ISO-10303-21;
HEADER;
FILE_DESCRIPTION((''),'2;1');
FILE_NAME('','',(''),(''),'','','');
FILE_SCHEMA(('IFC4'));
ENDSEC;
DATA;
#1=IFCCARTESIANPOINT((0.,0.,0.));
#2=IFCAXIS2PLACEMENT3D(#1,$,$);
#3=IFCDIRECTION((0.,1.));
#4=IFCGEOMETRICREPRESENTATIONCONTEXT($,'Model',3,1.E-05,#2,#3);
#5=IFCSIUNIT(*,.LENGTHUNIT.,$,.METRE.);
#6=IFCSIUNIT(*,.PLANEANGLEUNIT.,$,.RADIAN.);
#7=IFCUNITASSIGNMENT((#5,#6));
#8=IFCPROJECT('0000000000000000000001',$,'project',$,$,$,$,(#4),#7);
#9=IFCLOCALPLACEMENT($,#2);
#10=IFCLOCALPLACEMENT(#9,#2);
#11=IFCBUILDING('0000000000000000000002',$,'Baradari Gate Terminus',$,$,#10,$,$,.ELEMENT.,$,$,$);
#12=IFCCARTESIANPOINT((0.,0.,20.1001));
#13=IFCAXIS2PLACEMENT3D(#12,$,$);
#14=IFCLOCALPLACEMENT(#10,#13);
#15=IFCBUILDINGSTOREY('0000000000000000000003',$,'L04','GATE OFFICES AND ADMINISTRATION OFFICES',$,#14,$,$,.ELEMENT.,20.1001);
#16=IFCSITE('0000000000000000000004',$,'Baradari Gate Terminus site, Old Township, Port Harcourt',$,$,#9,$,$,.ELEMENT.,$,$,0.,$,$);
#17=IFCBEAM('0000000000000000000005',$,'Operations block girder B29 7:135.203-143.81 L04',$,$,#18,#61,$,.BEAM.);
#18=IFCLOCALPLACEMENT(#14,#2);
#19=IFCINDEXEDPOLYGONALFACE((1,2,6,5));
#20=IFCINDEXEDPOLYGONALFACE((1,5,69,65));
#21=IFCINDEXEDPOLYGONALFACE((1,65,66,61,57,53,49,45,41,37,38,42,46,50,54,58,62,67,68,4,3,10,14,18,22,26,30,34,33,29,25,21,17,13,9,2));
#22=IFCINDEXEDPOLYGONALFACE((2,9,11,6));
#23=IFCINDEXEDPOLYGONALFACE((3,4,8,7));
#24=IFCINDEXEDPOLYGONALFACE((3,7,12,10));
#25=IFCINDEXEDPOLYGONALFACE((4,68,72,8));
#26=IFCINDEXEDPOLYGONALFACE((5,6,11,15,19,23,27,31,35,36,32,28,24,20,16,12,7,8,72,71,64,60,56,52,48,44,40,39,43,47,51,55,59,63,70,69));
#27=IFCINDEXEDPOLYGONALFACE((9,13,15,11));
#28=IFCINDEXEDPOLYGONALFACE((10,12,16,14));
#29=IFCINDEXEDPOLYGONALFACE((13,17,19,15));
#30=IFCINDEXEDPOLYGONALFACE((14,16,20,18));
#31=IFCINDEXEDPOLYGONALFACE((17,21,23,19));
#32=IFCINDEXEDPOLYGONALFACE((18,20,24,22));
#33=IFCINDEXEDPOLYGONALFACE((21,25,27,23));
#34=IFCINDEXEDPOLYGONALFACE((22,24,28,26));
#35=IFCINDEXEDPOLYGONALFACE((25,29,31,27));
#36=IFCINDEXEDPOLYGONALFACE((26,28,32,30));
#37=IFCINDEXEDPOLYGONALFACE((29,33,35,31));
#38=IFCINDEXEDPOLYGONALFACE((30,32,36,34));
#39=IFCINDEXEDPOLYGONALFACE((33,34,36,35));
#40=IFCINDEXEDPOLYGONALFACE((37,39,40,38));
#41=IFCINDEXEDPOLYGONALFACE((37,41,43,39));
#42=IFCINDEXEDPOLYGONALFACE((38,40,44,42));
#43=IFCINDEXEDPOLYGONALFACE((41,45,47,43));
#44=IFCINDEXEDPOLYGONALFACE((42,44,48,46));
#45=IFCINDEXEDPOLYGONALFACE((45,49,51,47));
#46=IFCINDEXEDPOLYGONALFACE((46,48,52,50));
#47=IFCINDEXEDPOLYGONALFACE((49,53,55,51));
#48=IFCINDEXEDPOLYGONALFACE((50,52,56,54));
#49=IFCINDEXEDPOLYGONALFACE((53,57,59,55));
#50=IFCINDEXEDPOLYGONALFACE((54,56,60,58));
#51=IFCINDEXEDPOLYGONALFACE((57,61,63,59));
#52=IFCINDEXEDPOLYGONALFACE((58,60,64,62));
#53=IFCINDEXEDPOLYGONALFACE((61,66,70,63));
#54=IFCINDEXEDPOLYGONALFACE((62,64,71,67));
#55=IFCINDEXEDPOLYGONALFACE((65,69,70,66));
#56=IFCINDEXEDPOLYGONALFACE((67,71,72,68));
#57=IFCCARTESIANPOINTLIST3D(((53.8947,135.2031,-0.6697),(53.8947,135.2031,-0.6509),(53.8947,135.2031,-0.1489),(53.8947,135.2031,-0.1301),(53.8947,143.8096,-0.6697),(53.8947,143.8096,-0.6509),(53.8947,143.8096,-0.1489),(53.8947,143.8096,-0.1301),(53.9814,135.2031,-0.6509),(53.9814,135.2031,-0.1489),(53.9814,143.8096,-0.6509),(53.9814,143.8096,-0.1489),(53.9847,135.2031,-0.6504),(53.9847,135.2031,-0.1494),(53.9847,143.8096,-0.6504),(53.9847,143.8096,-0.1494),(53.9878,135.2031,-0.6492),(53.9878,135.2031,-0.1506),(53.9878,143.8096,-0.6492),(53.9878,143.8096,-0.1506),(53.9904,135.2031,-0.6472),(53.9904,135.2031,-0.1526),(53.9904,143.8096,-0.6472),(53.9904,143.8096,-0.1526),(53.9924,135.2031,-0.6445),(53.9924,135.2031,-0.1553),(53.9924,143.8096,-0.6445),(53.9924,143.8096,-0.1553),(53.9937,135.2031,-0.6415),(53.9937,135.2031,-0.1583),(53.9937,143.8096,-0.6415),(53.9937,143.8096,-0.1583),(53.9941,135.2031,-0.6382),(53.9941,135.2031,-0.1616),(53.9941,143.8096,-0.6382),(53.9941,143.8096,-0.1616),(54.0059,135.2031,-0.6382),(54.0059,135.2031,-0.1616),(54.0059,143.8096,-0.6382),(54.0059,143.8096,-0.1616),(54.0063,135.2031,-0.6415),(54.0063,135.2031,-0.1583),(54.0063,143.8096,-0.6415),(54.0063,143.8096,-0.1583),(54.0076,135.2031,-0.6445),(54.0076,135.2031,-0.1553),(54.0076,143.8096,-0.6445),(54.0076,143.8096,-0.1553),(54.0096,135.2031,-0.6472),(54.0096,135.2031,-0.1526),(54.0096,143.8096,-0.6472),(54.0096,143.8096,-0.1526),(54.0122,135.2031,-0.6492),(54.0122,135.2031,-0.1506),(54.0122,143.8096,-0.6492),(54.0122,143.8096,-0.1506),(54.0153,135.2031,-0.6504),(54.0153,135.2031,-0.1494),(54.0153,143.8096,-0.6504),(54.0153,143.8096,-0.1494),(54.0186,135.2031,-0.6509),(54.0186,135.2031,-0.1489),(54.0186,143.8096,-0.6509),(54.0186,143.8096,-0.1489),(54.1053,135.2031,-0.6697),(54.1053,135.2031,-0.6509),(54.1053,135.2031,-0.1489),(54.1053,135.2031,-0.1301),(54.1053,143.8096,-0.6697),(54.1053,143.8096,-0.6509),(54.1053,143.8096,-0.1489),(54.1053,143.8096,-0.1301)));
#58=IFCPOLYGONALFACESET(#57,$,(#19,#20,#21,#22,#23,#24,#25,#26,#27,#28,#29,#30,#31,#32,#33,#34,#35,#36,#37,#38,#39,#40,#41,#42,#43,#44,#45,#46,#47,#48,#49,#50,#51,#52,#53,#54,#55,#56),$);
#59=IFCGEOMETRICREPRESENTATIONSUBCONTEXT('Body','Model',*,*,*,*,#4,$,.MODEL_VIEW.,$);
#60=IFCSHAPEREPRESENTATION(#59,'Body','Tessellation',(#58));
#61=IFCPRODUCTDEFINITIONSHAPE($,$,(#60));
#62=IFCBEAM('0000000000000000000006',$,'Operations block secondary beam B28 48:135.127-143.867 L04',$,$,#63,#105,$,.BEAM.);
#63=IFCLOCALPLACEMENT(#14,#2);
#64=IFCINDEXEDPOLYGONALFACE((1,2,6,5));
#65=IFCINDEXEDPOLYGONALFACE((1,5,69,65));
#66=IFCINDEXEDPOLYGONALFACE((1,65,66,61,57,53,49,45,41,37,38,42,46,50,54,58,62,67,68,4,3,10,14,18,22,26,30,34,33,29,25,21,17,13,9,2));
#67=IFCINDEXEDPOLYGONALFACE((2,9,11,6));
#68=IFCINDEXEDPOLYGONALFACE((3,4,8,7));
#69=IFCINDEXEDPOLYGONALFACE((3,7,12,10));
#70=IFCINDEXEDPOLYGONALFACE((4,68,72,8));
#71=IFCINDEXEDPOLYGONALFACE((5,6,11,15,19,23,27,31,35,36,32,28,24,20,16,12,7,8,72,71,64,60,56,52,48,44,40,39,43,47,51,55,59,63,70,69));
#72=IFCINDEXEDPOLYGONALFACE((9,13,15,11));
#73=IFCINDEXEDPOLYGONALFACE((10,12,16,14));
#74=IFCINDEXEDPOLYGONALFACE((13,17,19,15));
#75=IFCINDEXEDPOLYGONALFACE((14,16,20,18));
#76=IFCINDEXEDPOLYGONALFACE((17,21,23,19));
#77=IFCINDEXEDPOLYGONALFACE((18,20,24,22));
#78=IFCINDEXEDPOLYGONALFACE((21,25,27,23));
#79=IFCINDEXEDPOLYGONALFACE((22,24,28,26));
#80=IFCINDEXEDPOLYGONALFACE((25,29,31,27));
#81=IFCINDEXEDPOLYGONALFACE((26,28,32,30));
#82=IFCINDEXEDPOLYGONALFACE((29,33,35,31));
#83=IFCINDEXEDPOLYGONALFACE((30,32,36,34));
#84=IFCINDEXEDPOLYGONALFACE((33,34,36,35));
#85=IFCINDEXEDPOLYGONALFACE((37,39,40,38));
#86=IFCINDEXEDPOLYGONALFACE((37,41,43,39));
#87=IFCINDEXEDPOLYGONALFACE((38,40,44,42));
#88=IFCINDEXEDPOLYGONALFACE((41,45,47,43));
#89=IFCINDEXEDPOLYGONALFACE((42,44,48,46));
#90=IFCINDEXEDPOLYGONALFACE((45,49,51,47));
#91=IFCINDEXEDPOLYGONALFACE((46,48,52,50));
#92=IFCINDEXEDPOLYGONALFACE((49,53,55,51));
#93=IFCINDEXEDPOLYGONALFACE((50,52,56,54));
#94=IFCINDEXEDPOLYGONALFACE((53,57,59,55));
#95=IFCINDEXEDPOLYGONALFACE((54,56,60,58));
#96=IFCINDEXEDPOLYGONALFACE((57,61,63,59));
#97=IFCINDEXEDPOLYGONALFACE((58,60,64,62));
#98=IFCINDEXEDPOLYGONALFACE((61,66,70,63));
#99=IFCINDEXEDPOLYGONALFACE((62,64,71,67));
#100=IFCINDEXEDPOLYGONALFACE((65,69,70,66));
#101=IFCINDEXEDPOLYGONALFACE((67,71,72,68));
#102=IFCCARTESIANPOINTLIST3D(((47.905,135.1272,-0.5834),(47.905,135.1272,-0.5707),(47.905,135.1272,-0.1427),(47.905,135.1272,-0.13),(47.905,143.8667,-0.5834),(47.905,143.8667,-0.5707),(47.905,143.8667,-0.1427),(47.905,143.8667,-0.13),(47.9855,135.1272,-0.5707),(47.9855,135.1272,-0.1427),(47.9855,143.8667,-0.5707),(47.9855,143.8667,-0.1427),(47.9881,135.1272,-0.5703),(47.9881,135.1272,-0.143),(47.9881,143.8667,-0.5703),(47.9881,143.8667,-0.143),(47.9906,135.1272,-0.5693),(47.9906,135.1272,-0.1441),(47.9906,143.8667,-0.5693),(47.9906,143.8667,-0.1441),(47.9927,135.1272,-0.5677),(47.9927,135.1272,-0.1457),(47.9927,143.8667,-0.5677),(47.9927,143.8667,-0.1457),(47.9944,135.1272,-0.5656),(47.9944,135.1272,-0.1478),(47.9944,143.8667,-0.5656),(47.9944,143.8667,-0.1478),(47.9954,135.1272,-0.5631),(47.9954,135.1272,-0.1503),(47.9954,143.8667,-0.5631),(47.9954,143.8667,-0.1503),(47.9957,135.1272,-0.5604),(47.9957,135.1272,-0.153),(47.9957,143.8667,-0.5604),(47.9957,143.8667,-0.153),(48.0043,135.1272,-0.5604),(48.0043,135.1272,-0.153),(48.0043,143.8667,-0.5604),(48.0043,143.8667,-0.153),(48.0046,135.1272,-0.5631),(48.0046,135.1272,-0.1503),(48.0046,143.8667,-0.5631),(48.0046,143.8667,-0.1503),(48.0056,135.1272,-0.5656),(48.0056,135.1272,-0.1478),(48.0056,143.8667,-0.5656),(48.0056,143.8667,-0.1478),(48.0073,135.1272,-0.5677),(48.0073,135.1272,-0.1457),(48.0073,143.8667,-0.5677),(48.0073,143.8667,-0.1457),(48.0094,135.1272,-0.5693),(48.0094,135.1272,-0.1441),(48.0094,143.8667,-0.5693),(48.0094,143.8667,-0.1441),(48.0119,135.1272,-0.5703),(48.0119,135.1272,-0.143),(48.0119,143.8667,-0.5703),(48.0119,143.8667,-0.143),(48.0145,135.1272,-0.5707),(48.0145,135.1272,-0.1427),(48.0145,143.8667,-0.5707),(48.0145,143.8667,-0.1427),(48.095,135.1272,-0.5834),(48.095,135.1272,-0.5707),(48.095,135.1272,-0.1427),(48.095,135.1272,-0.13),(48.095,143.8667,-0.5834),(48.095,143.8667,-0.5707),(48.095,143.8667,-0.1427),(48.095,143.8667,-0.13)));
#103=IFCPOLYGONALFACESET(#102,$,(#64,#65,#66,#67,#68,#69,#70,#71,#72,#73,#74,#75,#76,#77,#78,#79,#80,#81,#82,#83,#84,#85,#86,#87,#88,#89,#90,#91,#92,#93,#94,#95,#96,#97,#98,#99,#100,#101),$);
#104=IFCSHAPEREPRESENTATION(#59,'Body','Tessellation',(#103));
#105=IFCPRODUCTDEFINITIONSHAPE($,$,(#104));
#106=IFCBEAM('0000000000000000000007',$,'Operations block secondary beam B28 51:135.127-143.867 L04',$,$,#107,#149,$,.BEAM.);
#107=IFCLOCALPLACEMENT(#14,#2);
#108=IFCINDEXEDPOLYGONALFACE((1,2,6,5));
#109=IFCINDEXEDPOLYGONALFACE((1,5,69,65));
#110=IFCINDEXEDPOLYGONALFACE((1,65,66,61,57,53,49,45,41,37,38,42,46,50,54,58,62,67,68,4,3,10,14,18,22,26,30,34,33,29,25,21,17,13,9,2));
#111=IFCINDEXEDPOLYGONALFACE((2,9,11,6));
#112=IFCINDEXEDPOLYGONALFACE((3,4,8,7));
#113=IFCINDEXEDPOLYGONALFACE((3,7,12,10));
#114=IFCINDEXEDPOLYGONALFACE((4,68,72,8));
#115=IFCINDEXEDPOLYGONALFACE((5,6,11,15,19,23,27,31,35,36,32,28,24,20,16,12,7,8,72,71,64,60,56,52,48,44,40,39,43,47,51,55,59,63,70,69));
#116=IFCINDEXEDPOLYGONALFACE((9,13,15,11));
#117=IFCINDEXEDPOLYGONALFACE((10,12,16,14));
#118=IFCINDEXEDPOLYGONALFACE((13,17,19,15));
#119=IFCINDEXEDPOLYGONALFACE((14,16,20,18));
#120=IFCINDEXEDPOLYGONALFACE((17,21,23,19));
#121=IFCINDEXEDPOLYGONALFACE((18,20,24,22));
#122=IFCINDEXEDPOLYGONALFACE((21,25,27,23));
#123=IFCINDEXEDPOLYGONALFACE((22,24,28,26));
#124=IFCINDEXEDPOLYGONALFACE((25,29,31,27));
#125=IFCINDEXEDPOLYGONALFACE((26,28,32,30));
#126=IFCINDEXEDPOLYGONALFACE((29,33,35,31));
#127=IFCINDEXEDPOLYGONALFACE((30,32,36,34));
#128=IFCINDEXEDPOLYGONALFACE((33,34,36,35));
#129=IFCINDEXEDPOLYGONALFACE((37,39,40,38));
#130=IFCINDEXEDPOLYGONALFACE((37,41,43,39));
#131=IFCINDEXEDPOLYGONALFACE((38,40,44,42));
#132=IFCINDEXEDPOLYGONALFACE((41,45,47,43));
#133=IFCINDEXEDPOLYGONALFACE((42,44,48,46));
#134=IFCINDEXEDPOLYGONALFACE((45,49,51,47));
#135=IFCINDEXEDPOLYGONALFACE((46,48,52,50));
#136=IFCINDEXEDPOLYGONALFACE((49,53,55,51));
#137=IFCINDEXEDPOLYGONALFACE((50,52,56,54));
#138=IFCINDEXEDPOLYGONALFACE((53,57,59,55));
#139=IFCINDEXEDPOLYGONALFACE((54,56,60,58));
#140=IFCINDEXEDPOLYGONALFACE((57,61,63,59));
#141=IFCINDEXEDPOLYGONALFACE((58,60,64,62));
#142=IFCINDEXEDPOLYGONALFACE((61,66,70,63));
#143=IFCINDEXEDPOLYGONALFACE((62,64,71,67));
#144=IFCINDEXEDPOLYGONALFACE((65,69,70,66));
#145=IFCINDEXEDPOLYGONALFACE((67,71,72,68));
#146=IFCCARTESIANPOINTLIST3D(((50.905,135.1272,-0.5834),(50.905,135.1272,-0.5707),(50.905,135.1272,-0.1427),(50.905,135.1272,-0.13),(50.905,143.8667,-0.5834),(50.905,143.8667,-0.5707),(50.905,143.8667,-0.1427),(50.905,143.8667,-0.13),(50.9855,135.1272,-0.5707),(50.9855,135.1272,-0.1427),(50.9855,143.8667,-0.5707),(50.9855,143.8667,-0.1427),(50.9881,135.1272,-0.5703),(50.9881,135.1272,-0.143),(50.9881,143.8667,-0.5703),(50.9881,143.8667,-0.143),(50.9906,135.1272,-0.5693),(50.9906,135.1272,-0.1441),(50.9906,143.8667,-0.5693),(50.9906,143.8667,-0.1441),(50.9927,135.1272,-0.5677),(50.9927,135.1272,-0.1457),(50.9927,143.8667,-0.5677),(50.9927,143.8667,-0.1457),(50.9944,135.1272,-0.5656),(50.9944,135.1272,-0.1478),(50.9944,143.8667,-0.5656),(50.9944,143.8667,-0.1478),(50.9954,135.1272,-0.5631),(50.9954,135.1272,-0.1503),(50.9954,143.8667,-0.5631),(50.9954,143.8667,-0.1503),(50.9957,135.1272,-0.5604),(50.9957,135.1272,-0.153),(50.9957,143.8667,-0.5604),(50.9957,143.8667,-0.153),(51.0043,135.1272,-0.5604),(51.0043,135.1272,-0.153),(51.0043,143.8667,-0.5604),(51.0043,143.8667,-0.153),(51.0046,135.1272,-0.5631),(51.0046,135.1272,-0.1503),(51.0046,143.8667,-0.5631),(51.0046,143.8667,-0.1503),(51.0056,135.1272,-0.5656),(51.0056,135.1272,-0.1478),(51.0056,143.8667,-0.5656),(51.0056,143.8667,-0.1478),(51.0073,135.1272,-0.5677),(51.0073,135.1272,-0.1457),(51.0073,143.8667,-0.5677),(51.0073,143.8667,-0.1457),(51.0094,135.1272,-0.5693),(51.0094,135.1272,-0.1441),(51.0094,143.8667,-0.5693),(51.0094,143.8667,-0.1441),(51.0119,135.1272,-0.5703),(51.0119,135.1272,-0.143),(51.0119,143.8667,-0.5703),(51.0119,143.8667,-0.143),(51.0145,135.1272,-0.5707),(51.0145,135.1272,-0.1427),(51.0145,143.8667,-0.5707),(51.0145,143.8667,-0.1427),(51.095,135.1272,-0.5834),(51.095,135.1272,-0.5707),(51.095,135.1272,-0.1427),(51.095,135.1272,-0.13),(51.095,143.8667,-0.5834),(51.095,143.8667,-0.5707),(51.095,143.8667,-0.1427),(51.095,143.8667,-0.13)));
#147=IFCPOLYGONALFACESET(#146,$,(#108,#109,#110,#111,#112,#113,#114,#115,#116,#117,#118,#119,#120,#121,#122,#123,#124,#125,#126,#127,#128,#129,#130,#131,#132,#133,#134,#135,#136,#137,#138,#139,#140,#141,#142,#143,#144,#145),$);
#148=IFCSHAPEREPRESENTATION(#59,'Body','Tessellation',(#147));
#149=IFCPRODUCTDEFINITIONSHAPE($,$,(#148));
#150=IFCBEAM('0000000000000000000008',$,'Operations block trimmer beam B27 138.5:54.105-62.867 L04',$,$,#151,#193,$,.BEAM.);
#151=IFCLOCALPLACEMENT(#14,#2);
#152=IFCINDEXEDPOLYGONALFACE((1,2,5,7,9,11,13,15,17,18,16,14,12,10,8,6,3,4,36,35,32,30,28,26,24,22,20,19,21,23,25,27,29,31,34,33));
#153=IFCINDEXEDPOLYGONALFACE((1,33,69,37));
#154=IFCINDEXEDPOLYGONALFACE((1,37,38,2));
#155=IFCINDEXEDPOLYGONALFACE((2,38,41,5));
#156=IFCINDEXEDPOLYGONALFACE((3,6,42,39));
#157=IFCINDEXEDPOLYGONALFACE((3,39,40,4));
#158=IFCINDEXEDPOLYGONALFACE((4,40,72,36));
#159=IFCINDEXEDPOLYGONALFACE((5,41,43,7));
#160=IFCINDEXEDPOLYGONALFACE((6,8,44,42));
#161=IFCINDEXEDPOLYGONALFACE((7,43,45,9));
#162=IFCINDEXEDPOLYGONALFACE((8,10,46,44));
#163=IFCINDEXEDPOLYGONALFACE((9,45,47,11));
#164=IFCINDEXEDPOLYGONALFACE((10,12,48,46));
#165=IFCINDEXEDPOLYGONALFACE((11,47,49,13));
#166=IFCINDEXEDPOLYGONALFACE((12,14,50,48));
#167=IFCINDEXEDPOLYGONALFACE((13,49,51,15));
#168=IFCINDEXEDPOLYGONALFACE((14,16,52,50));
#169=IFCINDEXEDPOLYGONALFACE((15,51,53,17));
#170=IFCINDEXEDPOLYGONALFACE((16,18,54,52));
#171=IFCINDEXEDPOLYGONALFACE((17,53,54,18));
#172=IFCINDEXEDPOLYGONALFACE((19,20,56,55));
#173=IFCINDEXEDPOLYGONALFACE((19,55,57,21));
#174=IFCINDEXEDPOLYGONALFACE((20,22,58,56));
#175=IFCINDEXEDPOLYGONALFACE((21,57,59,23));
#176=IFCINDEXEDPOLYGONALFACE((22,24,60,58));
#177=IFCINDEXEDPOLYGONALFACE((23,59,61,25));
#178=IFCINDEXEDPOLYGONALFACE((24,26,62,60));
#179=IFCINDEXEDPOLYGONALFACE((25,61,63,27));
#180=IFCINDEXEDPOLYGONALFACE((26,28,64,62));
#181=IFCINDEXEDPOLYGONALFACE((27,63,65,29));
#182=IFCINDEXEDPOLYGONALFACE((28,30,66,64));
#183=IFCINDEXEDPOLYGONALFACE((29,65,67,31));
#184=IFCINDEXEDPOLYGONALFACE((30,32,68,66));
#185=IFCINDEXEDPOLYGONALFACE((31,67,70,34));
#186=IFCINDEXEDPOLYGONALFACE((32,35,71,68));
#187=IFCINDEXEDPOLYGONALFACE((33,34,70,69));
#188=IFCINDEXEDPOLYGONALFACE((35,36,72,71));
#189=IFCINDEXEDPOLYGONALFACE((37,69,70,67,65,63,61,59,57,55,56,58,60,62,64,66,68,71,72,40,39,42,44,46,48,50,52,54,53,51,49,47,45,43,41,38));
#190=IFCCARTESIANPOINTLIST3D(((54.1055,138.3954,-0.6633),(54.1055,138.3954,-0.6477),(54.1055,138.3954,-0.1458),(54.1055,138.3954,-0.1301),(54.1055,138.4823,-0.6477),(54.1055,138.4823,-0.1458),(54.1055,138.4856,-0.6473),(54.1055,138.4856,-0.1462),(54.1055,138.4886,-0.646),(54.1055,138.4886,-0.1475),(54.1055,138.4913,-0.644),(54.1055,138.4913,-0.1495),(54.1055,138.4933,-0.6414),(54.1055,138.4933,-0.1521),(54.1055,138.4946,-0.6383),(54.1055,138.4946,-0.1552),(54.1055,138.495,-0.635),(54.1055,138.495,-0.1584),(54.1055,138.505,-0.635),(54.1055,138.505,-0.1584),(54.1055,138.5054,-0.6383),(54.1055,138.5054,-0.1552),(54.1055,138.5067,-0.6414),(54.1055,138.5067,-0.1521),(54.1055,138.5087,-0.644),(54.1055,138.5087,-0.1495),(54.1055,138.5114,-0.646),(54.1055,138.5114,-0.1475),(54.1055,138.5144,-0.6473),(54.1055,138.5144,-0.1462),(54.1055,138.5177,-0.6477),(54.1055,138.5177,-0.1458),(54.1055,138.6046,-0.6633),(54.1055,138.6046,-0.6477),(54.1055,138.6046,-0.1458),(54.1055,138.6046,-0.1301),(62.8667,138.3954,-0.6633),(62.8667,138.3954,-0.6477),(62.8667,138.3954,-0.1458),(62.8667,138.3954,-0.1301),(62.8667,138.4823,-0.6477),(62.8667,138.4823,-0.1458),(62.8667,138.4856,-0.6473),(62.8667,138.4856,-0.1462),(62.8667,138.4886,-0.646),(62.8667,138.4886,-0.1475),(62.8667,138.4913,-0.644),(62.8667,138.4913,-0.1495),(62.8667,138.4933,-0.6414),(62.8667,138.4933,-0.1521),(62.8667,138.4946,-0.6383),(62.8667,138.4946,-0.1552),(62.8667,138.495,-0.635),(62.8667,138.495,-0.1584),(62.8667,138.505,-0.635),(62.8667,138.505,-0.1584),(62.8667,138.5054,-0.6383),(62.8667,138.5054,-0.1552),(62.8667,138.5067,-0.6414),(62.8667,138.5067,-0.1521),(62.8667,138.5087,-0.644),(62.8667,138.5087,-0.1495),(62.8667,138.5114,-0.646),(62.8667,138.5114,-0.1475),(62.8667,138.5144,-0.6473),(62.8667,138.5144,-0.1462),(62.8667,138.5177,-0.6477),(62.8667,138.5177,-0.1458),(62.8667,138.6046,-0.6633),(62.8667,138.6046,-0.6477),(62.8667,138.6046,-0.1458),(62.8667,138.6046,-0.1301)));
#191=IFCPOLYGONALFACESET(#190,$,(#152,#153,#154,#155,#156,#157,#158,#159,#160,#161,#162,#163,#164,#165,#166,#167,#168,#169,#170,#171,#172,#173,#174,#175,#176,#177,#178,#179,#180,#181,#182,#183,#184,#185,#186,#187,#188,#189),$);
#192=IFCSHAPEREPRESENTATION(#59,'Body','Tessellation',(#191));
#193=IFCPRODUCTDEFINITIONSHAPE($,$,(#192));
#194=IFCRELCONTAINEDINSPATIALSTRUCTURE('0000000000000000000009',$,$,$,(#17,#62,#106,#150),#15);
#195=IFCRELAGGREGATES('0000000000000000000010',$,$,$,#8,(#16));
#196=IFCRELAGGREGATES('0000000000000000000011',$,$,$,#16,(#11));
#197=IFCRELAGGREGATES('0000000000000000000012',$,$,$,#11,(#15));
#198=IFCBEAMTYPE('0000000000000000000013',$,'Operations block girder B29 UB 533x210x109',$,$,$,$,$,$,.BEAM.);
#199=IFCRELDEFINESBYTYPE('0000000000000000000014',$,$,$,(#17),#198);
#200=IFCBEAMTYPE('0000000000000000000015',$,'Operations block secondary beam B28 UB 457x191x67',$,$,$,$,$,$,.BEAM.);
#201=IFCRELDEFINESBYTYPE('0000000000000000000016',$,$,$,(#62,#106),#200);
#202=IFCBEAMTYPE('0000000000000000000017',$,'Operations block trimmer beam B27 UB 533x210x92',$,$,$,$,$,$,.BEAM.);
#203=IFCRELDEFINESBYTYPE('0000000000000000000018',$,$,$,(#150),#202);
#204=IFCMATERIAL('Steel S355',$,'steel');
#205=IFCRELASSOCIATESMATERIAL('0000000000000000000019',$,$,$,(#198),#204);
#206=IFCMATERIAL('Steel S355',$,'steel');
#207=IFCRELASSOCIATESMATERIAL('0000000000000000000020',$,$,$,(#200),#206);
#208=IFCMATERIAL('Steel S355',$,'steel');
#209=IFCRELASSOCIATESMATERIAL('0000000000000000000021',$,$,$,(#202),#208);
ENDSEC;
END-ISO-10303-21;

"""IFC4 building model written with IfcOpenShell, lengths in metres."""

from ifc_helpers import new_model, si_unit, direction, frame, origin, origin_2d, place, context, subcontext, project, spatial, i_section, extrude, material, material_profile, profile_set, type_object, element, save


model = new_model("IFC4")

# Units and contexts
model_context = context("Model", 3, precision=1e-05, world=origin(), true_north=direction((0.0, 1.0)))
body_context = subcontext(model_context, "Body", "Model", "MODEL_VIEW")
ifc_project = project(units=[si_unit("LENGTHUNIT", "METRE"), si_unit("PLANEANGLEUNIT", "RADIAN")], contexts=[model_context])

# Site, building, storey
site_placement = place(None, origin())
site = spatial("IfcSite", under=ifc_project, at=site_placement, Name="Baradari Gate Terminus site, Old Township, Port Harcourt", CompositionType="ELEMENT", RefElevation=0.0)
building_placement = place(site_placement, origin())
building = spatial("IfcBuilding", under=site, at=building_placement, Name="Baradari Gate Terminus", CompositionType="ELEMENT")
storey_placement = place(building_placement, frame((0.0, 0.0, 20.1001)))
storey = spatial("IfcBuildingStorey", under=building, at=storey_placement, Name="L04", Description="GATE OFFICES AND ADMINISTRATION OFFICES", CompositionType="ELEMENT", Elevation=20.1001)

# Beams
ifc_material_1 = material(Name="Steel S355", Category="steel")
ifc_material_profile_1 = material_profile(ifc_material_1, i_section(OverallWidth=0.2107, OverallDepth=0.5396, WebThickness=0.0117, FlangeThickness=0.0188, FilletRadius=0.0127, at=origin_2d()), Name="UB 533x210x109")
ifc_profile_set_1 = profile_set([ifc_material_profile_1], Name="Steel S355")
beam_type_1 = type_object("IfcBeamType", Name="Operations block girder B29 UB 533x210x109", PredefinedType="BEAM", material=ifc_profile_set_1)
beam_1_placement = place(storey_placement, frame((54.0, 135.2031, -0.3999), z_axis=(0.0, 1.0, 0.0), x_axis=(-1.0, 0.0, 0.0)))
element("IfcBeam", 1, at=beam_1_placement, inside=storey, type_object=beam_type_1, Name="Operations block girder B29 7:135.203-143.81 L04", PredefinedType="BEAM", context=body_context, shape_type="SweptSolid", body=[
    extrude(i_section(OverallWidth=0.2107, OverallDepth=0.5396, WebThickness=0.0117, FlangeThickness=0.0188, FilletRadius=0.0127, at=origin_2d()), origin(), (0.0, 0.0, 1.0), 8.6064),
])
ifc_material_2 = material(Name="Steel S355", Category="steel")
ifc_material_profile_2 = material_profile(ifc_material_2, i_section(OverallWidth=0.1899, OverallDepth=0.4534, WebThickness=0.0085, FlangeThickness=0.0127, FilletRadius=0.0103, at=origin_2d()), Name="UB 457x191x67")
ifc_profile_set_2 = profile_set([ifc_material_profile_2], Name="Steel S355")
beam_type_2 = type_object("IfcBeamType", Name="Operations block secondary beam B28 UB 457x191x67", PredefinedType="BEAM", material=ifc_profile_set_2)
for number, where, z_axis, x_axis, name in (
    (2, (48.0, 135.1272, -0.3567), (0.0, 1.0, 0.0), (-1.0, 0.0, 0.0), "Operations block secondary beam B28 48:135.127-143.867 L04"),
    (3, (51.0, 135.1272, -0.3567), (0.0, 1.0, 0.0), (-1.0, 0.0, 0.0), "Operations block secondary beam B28 51:135.127-143.867 L04"),
):
    element("IfcBeam", number, at=place(storey_placement, frame(where, z_axis=z_axis, x_axis=x_axis)), inside=storey, type_object=beam_type_2, Name=name, PredefinedType="BEAM", context=body_context, shape_type="SweptSolid", body=[
        extrude(i_section(OverallWidth=0.1899, OverallDepth=0.4534, WebThickness=0.0085, FlangeThickness=0.0127, FilletRadius=0.0103, at=origin_2d()), origin(), (0.0, 0.0, 1.0), 8.7395),
    ])
ifc_material_3 = material(Name="Steel S355", Category="steel")
ifc_material_profile_3 = material_profile(ifc_material_3, i_section(OverallWidth=0.2092, OverallDepth=0.5332, WebThickness=0.01, FlangeThickness=0.0156, FilletRadius=0.0127, at=origin_2d()), Name="UB 533x210x92")
ifc_profile_set_3 = profile_set([ifc_material_profile_3], Name="Steel S355")
beam_type_3 = type_object("IfcBeamType", Name="Operations block trimmer beam B27 UB 533x210x92", PredefinedType="BEAM", material=ifc_profile_set_3)
beam_2_placement = place(storey_placement, frame((54.1055, 138.5, -0.3967), z_axis=(1.0, 0.0, 0.0), x_axis=(0.0, 1.0, 0.0)))
element("IfcBeam", 4, at=beam_2_placement, inside=storey, type_object=beam_type_3, Name="Operations block trimmer beam B27 138.5:54.105-62.867 L04", PredefinedType="BEAM", context=body_context, shape_type="SweptSolid", body=[
    extrude(i_section(OverallWidth=0.2092, OverallDepth=0.5332, WebThickness=0.01, FlangeThickness=0.0156, FilletRadius=0.0127, at=origin_2d()), origin(), (0.0, 0.0, 1.0), 8.7612),
])

save(model, "model.ifc")
